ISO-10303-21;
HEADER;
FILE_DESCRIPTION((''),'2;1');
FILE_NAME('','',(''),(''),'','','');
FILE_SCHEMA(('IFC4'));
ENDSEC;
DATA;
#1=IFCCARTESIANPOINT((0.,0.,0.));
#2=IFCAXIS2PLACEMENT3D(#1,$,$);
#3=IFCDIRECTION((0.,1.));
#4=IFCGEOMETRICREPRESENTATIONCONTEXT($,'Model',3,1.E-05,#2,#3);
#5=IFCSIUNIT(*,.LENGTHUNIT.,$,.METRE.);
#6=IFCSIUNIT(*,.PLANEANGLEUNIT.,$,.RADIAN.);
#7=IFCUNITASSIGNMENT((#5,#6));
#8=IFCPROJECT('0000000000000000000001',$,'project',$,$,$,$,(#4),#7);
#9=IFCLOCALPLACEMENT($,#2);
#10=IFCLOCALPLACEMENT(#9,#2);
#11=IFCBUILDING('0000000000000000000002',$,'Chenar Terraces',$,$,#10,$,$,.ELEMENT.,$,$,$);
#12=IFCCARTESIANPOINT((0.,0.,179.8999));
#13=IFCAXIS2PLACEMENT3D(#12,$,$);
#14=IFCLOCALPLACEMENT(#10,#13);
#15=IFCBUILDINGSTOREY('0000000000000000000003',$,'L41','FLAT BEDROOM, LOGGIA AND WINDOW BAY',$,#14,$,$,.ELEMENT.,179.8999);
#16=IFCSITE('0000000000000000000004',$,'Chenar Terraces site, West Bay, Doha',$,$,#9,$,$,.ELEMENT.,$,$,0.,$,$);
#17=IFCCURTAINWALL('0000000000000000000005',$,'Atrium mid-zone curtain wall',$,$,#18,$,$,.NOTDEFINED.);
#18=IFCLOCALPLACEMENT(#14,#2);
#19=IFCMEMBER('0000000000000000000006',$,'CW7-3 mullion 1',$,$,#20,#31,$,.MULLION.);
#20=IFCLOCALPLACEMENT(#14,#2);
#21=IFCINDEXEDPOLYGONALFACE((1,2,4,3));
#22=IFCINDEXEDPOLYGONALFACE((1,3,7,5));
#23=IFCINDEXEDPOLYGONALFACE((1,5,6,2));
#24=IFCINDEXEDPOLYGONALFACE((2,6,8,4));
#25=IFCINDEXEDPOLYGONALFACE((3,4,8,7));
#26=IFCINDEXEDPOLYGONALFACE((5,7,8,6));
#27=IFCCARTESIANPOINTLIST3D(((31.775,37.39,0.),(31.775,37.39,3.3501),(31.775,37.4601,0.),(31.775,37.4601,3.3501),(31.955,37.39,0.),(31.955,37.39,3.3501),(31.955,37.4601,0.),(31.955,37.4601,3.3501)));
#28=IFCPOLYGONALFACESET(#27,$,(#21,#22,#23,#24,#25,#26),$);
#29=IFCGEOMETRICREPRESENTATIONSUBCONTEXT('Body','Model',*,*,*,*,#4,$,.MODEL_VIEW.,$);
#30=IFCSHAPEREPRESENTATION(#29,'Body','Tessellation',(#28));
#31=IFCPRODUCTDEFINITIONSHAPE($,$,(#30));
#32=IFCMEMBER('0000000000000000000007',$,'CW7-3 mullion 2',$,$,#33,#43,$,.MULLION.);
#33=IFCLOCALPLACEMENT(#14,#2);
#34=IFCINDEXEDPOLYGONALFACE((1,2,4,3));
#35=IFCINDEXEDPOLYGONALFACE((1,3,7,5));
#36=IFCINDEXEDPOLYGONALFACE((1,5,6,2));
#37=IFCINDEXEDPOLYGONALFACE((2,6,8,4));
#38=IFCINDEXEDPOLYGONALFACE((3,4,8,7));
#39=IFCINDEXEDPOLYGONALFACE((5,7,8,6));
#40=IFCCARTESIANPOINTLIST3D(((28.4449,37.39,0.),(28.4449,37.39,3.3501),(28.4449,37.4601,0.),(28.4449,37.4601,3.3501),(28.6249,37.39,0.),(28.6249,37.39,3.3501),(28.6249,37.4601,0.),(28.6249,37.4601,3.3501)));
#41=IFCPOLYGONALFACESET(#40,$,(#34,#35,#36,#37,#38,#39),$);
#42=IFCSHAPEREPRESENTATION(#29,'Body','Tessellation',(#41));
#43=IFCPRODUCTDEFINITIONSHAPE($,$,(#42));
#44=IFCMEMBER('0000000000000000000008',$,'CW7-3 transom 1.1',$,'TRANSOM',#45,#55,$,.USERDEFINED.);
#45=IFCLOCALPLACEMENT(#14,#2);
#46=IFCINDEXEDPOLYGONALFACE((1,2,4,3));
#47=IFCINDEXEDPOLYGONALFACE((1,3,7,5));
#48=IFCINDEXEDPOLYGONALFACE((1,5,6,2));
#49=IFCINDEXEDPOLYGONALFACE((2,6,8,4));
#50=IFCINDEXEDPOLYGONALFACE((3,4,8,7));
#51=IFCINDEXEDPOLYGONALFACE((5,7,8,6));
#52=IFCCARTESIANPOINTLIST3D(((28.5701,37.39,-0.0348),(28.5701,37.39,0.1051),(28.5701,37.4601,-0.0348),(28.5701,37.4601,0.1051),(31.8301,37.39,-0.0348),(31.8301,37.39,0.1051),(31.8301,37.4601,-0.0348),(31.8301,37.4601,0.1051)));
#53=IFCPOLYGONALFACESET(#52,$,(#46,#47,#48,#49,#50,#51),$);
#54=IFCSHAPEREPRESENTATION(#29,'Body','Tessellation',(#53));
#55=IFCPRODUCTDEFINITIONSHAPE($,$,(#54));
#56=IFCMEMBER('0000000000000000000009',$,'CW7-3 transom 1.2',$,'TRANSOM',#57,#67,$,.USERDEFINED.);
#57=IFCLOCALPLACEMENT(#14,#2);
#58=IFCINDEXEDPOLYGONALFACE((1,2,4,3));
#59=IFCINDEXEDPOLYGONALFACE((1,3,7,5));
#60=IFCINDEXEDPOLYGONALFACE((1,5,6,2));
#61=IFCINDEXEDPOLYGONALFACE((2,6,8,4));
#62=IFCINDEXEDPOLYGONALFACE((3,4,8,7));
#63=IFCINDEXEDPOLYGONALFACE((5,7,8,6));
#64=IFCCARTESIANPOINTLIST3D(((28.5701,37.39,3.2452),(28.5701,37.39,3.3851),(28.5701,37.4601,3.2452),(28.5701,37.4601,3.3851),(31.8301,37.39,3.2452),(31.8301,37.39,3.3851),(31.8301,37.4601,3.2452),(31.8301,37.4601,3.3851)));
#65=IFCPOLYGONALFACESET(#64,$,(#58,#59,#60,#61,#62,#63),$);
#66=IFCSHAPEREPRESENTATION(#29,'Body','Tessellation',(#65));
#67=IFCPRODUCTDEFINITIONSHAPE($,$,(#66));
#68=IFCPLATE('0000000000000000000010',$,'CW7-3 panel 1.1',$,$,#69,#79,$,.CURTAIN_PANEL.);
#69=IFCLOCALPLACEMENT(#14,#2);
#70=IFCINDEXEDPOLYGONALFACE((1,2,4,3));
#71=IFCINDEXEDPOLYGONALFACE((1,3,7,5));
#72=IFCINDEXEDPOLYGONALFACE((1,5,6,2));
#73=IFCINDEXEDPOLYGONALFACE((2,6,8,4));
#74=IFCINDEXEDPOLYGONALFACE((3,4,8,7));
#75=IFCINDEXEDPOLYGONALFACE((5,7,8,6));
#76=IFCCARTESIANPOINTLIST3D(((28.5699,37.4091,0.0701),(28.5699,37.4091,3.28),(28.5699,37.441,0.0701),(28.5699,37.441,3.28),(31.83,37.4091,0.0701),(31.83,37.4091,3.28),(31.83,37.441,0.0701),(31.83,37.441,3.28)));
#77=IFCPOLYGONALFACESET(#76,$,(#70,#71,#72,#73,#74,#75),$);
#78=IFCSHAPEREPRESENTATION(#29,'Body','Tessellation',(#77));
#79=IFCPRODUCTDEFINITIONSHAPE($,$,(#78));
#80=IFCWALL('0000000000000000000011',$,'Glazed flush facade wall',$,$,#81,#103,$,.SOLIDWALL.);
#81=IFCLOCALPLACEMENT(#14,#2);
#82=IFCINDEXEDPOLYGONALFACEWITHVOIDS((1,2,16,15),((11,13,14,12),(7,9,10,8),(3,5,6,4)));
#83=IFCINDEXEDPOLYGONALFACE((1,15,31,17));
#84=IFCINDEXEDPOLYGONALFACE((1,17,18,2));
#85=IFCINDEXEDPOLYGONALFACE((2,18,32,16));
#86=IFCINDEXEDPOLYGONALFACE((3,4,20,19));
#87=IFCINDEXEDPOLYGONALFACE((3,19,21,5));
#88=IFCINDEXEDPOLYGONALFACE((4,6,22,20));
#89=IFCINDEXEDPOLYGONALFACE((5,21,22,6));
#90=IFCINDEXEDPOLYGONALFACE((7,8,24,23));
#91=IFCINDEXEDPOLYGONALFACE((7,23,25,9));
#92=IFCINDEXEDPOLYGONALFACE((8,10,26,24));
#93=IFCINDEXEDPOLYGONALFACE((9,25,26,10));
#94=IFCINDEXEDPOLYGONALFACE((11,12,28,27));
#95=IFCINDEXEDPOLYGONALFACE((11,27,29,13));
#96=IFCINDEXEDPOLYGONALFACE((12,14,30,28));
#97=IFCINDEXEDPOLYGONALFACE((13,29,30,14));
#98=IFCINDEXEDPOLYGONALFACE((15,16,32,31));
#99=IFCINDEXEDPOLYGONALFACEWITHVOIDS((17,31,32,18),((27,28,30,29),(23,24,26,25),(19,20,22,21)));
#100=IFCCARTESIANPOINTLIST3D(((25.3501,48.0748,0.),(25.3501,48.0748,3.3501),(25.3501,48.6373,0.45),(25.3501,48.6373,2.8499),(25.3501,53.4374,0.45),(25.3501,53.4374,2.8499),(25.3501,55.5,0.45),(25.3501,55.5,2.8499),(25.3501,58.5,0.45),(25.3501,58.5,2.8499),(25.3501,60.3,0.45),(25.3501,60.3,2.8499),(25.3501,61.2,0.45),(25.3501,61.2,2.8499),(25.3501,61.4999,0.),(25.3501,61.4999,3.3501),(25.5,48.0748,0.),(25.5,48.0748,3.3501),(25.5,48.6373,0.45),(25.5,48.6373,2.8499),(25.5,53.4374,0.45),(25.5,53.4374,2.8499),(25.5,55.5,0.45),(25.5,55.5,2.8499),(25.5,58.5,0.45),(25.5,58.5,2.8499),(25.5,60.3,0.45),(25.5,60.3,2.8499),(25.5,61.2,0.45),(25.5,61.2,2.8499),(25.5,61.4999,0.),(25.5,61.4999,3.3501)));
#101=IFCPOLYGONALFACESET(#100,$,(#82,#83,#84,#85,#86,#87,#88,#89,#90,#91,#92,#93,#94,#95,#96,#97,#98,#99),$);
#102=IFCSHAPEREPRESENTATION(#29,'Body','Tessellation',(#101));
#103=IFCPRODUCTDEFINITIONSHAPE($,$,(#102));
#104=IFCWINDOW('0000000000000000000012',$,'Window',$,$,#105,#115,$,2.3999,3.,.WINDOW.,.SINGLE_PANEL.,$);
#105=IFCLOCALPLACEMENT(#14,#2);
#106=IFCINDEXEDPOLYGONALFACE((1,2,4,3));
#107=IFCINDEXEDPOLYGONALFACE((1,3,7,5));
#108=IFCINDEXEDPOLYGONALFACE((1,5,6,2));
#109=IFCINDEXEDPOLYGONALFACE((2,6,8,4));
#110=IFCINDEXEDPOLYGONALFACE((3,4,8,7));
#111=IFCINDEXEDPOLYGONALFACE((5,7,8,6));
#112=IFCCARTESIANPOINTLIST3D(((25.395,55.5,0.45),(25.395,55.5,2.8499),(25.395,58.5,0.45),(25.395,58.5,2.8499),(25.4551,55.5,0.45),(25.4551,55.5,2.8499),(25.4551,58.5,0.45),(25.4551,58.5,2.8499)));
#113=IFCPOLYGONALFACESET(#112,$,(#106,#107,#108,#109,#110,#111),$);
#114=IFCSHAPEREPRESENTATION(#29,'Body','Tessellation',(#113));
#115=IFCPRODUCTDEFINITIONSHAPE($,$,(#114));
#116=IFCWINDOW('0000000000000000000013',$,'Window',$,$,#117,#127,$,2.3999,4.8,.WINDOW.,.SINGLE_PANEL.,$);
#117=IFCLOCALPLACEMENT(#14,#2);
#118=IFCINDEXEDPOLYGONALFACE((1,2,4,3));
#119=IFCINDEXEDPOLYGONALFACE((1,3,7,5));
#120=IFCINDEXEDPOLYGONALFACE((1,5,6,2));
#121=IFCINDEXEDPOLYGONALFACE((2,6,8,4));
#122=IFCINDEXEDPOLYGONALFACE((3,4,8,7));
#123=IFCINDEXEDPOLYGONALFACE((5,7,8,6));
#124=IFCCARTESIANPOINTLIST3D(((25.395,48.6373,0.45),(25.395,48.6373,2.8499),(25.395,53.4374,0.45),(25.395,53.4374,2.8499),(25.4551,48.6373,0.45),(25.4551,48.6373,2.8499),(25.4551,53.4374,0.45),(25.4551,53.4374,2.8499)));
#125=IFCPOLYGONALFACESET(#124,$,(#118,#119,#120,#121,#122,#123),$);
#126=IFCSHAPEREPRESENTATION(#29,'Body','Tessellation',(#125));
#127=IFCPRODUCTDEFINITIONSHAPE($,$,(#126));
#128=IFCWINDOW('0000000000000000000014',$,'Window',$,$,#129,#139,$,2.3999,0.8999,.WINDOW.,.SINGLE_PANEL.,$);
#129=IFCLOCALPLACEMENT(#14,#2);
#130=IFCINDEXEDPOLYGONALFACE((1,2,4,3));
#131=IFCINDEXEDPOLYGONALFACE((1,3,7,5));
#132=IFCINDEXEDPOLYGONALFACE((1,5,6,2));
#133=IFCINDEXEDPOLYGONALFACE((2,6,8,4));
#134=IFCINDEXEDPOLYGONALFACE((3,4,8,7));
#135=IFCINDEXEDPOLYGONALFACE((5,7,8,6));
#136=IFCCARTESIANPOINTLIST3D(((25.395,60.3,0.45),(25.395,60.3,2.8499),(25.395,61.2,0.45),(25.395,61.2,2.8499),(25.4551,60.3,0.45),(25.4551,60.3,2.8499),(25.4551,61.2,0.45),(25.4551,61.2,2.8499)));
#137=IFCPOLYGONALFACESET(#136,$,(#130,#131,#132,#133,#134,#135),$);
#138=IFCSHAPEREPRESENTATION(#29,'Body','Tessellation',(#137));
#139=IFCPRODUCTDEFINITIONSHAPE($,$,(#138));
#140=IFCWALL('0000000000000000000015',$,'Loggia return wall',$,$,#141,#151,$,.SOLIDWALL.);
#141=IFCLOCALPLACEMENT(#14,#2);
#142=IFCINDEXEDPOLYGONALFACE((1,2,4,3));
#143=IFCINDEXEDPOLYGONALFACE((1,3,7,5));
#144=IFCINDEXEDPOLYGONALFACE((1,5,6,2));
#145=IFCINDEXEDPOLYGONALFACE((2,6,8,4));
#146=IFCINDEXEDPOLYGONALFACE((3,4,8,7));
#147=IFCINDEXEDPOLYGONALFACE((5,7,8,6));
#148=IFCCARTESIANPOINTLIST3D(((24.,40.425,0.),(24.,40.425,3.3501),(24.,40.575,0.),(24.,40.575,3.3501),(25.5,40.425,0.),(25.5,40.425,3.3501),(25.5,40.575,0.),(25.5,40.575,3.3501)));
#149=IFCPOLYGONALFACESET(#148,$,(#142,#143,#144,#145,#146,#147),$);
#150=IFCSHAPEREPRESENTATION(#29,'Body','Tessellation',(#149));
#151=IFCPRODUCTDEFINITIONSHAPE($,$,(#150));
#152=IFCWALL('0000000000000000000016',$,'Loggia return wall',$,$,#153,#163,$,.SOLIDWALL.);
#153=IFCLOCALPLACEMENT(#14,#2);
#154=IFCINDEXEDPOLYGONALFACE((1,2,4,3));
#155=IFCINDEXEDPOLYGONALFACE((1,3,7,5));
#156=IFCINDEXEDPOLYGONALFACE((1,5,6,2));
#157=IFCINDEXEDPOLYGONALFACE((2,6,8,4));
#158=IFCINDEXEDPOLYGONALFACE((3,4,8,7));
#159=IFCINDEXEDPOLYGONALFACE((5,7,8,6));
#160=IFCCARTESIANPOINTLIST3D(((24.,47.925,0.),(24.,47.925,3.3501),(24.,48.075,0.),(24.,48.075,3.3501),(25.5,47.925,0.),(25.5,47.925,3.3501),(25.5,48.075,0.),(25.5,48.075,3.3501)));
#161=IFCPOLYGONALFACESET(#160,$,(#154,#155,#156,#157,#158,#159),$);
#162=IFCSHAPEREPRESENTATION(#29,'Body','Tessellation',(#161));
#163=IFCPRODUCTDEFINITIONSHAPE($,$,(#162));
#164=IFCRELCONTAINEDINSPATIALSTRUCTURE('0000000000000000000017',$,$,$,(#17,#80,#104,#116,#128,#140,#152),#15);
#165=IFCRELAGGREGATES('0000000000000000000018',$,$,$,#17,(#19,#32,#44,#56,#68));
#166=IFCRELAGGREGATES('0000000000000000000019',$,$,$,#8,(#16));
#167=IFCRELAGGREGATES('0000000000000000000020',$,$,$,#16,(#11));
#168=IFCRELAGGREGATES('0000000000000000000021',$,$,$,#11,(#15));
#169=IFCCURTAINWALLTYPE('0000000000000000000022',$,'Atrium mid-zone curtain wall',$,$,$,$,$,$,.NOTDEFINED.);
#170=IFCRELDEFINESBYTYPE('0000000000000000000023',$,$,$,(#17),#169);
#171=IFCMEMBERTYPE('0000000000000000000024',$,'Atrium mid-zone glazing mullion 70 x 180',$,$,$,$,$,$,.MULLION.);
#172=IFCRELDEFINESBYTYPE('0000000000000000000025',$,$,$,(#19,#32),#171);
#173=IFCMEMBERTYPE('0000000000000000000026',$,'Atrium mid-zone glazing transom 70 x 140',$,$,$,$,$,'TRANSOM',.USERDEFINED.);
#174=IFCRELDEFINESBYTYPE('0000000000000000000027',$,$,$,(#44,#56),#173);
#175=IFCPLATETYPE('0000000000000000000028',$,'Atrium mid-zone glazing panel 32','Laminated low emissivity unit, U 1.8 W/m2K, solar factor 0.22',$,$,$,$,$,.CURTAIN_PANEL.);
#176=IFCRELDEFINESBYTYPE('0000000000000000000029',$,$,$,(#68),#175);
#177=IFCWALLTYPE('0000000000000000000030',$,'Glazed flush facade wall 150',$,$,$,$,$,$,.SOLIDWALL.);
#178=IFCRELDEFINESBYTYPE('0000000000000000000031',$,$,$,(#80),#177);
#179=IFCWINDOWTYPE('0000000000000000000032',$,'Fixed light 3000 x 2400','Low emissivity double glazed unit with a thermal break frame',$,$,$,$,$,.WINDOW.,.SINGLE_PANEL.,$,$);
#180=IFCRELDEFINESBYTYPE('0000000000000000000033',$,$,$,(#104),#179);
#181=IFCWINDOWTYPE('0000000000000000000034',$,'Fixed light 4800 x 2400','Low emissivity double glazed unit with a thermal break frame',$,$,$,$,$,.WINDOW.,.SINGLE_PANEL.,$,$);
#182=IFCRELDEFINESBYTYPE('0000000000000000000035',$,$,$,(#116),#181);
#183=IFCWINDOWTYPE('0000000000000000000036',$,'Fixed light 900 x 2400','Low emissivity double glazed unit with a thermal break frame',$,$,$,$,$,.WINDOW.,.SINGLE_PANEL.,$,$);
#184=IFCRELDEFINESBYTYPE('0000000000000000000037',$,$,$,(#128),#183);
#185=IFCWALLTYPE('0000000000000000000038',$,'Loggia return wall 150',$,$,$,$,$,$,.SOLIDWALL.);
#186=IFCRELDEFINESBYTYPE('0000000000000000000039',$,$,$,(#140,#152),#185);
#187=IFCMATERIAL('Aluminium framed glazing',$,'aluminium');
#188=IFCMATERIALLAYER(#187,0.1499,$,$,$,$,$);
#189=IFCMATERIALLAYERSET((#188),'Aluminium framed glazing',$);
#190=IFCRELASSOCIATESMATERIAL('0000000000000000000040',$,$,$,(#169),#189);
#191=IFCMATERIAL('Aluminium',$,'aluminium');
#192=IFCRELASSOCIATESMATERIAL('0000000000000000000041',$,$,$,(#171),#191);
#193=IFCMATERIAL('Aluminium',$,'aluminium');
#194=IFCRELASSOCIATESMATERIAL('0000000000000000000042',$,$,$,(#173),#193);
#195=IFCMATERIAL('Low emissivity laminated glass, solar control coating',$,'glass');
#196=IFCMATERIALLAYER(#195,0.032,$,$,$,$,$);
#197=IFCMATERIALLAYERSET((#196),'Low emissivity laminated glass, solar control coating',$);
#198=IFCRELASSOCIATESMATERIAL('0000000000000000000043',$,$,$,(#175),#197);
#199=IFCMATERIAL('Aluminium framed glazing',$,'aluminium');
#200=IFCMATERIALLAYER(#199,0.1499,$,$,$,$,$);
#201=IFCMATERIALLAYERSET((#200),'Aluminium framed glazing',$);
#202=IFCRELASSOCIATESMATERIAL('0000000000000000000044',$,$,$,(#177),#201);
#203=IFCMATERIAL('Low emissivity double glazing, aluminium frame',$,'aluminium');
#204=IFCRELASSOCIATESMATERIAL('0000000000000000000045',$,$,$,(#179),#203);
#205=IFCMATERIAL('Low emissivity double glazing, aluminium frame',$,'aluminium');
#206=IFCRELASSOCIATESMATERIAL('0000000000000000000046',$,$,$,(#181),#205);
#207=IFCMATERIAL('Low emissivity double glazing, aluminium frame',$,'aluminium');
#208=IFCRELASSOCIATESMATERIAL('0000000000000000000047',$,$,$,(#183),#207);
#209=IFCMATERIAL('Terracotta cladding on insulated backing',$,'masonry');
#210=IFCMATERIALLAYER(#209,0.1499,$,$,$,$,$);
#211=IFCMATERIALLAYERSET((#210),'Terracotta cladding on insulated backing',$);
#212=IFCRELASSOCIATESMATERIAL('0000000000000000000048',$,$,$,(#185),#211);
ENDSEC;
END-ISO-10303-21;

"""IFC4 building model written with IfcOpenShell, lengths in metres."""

from ifc_helpers import new_model, si_unit, direction, frame, frame_2d, origin, origin_2d, place, context, subcontext, project, spatial, rectangle, extrude, material, layer, layer_set, material_profile, profile_set, type_object, element, fill, aggregate, save


model = new_model("IFC4")

# Units and contexts
model_context = context("Model", 3, precision=1e-05, world=origin(), true_north=direction((0.0, 1.0)))
body_context = subcontext(model_context, "Body", "Model", "MODEL_VIEW")
ifc_project = project(units=[si_unit("LENGTHUNIT", "METRE"), si_unit("PLANEANGLEUNIT", "RADIAN")], contexts=[model_context])

# Site, building, storey
site_placement = place(None, origin())
site = spatial("IfcSite", under=ifc_project, at=site_placement, Name="Chenar Terraces site, West Bay, Doha", CompositionType="ELEMENT", RefElevation=0.0)
building_placement = place(site_placement, origin())
building = spatial("IfcBuilding", under=site, at=building_placement, Name="Chenar Terraces", CompositionType="ELEMENT")
storey_placement = place(building_placement, frame((0.0, 0.0, 179.8999)))
storey = spatial("IfcBuildingStorey", under=building, at=storey_placement, Name="L41", Description="FLAT BEDROOM, LOGGIA AND WINDOW BAY", CompositionType="ELEMENT", Elevation=179.8999)

# Curtain wall, members, plate
ifc_material_1 = material(Name="Aluminium framed glazing", Category="aluminium")
ifc_layer_1 = layer(ifc_material_1, 0.1499)
ifc_layer_set_1 = layer_set([ifc_layer_1], Name="Aluminium framed glazing")
curtain_wall_type = type_object("IfcCurtainWallType", Name="Atrium mid-zone curtain wall", PredefinedType="NOTDEFINED", material=ifc_layer_set_1)
curtain_wall_placement = place(storey_placement, origin())
curtain_wall = element("IfcCurtainWall", 1, at=curtain_wall_placement, inside=storey, type_object=curtain_wall_type, Name="Atrium mid-zone curtain wall", PredefinedType="NOTDEFINED")
ifc_material_2 = material(Name="Aluminium", Category="aluminium")
ifc_material_profile_1 = material_profile(ifc_material_2, rectangle(XDim=0.0701, YDim=0.1799, at=origin_2d()), Name="Atrium mid-zone glazing mullion 70 x 180")
ifc_profile_set_1 = profile_set([ifc_material_profile_1], Name="Aluminium")
member_type_1 = type_object("IfcMemberType", Name="Atrium mid-zone glazing mullion 70 x 180", PredefinedType="MULLION", material=ifc_profile_set_1)
member_1_placement = place(storey_placement, frame((31.865, 37.425, 0.0), z_axis=(0.0, 0.0, 1.0), x_axis=(0.0, -1.0, 0.0)))
member_1 = element("IfcMember", 2, at=member_1_placement, type_object=member_type_1, Name="CW7-3 mullion 1", PredefinedType="MULLION", context=body_context, shape_type="SweptSolid", body=[
    extrude(rectangle(XDim=0.0701, YDim=0.1799, at=origin_2d()), origin(), (0.0, 0.0, 1.0), 3.3501),
])
member_2_placement = place(storey_placement, frame((28.5349, 37.425, 0.0), z_axis=(0.0, 0.0, 1.0), x_axis=(0.0, -1.0, 0.0)))
member_2 = element("IfcMember", 3, at=member_2_placement, type_object=member_type_1, Name="CW7-3 mullion 2", PredefinedType="MULLION", context=body_context, shape_type="SweptSolid", body=[
    extrude(rectangle(XDim=0.0701, YDim=0.1799, at=origin_2d()), origin(), (0.0, 0.0, 1.0), 3.3501),
])
ifc_material_3 = material(Name="Aluminium", Category="aluminium")
ifc_material_profile_2 = material_profile(ifc_material_3, rectangle(XDim=0.0701, YDim=0.1399, at=origin_2d()), Name="Atrium mid-zone glazing transom 70 x 140")
ifc_profile_set_2 = profile_set([ifc_material_profile_2], Name="Aluminium")
member_type_2 = type_object("IfcMemberType", Name="Atrium mid-zone glazing transom 70 x 140", ElementType="TRANSOM", PredefinedType="USERDEFINED", material=ifc_profile_set_2)
member_3_placement = place(storey_placement, frame((31.8301, 37.425, 0.0352), z_axis=(-1.0, 0.0, 0.0), x_axis=(0.0, -1.0, 0.0)))
member_3 = element("IfcMember", 4, at=member_3_placement, type_object=member_type_2, Name="CW7-3 transom 1.1", ObjectType="TRANSOM", PredefinedType="USERDEFINED", context=body_context, shape_type="SweptSolid", body=[
    extrude(rectangle(XDim=0.0701, YDim=0.1399, at=origin_2d()), origin(), (0.0, 0.0, 1.0), 3.26),
])
member_4_placement = place(storey_placement, frame((31.8301, 37.425, 3.3152), z_axis=(-1.0, 0.0, 0.0), x_axis=(0.0, -1.0, 0.0)))
member_4 = element("IfcMember", 5, at=member_4_placement, type_object=member_type_2, Name="CW7-3 transom 1.2", ObjectType="TRANSOM", PredefinedType="USERDEFINED", context=body_context, shape_type="SweptSolid", body=[
    extrude(rectangle(XDim=0.0701, YDim=0.1399, at=origin_2d()), origin(), (0.0, 0.0, 1.0), 3.26),
])
ifc_material_4 = material(Name="Low emissivity laminated glass, solar control coating", Category="glass")
ifc_layer_2 = layer(ifc_material_4, 0.032)
ifc_layer_set_2 = layer_set([ifc_layer_2], Name="Low emissivity laminated glass, solar control coating")
plate_type = type_object("IfcPlateType", Name="Atrium mid-zone glazing panel 32", Description="Laminated low emissivity unit, U 1.8 W/m2K, solar factor 0.22", PredefinedType="CURTAIN_PANEL", material=ifc_layer_set_2)
plate_placement = place(storey_placement, frame((30.2, 37.425, 0.0701), z_axis=(0.0, 0.0, 1.0), x_axis=(-1.0, 0.0, 0.0)))
plate = element("IfcPlate", 6, at=plate_placement, type_object=plate_type, Name="CW7-3 panel 1.1", PredefinedType="CURTAIN_PANEL", context=body_context, shape_type="SweptSolid", body=[
    extrude(rectangle(XDim=3.26, YDim=0.032, at=origin_2d()), origin(), (0.0, 0.0, 1.0), 3.21),
])
aggregate(curtain_wall, [member_1, member_2, member_3, member_4, plate])

# Wall, openings, windows
ifc_material_5 = material(Name="Aluminium framed glazing", Category="aluminium")
ifc_layer_3 = layer(ifc_material_5, 0.1499)
ifc_layer_set_3 = layer_set([ifc_layer_3], Name="Aluminium framed glazing")
wall_type_1 = type_object("IfcWallType", Name="Glazed flush facade wall 150", PredefinedType="SOLIDWALL", material=ifc_layer_set_3)
wall_1_placement = place(storey_placement, frame((25.425, 48.075, 0.0), z_axis=(0.0, 0.0, 1.0), x_axis=(0.0, 1.0, 0.0)))
wall_1 = element("IfcWall", 7, at=wall_1_placement, inside=storey, type_object=wall_type_1, Name="Glazed flush facade wall", PredefinedType="SOLIDWALL", context=body_context, shape_type="SweptSolid", body=[
    extrude(rectangle(XDim=13.425, YDim=0.1499, at=frame_2d((6.7124, 0.0))), origin(), (0.0, 0.0, 1.0), 3.3501),
])
opening_1_placement = place(wall_1_placement, frame((0.5625, 0.0, 0.45)))
opening_1 = element("IfcOpeningElement", 8, at=opening_1_placement, cuts=wall_1, PredefinedType="OPENING", context=body_context, shape_type="SweptSolid", body=[
    extrude(rectangle(XDim=4.8, YDim=2.3999, at=frame_2d((2.3999, 1.2))), frame((0.0, 0.085, 0.0), z_axis=(0.0, -1.0, 0.0), x_axis=(1.0, 0.0, 0.0)), (0.0, 0.0, 1.0), 0.1699),
])
opening_2_placement = place(wall_1_placement, frame((7.425, 0.0, 0.45)))
opening_2 = element("IfcOpeningElement", 9, at=opening_2_placement, cuts=wall_1, PredefinedType="OPENING", context=body_context, shape_type="SweptSolid", body=[
    extrude(rectangle(XDim=3.0, YDim=2.3999, at=frame_2d((1.5, 1.2))), frame((0.0, 0.085, 0.0), z_axis=(0.0, -1.0, 0.0), x_axis=(1.0, 0.0, 0.0)), (0.0, 0.0, 1.0), 0.1699),
])
opening_3_placement = place(wall_1_placement, frame((12.2251, 0.0, 0.45)))
opening_3 = element("IfcOpeningElement", 10, at=opening_3_placement, cuts=wall_1, PredefinedType="OPENING", context=body_context, shape_type="SweptSolid", body=[
    extrude(rectangle(XDim=0.8999, YDim=2.3999, at=frame_2d((0.45, 1.2))), frame((0.0, 0.085, 0.0), z_axis=(0.0, -1.0, 0.0), x_axis=(1.0, 0.0, 0.0)), (0.0, 0.0, 1.0), 0.1699),
])
ifc_material_6 = material(Name="Low emissivity double glazing, aluminium frame", Category="aluminium")
window_type_1 = type_object("IfcWindowType", Name="Fixed light 3000 x 2400", Description="Low emissivity double glazed unit with a thermal break frame", PartitioningType="SINGLE_PANEL", PredefinedType="WINDOW", material=ifc_material_6)
window_1_placement = place(opening_2_placement, origin())
window_1 = element("IfcWindow", 11, at=window_1_placement, inside=storey, type_object=window_type_1, Name="Window", OverallHeight=2.3999, OverallWidth=3.0, PartitioningType="SINGLE_PANEL", PredefinedType="WINDOW", context=body_context, shape_type="SweptSolid", body=[
    extrude(rectangle(XDim=3.0, YDim=2.3999, at=frame_2d((1.5, 1.2))), frame((0.0, 0.03, 0.0), z_axis=(0.0, -1.0, 0.0), x_axis=(1.0, 0.0, 0.0)), (0.0, 0.0, 1.0), 0.0601),
])
fill(opening_2, window_1)
ifc_material_7 = material(Name="Low emissivity double glazing, aluminium frame", Category="aluminium")
window_type_2 = type_object("IfcWindowType", Name="Fixed light 4800 x 2400", Description="Low emissivity double glazed unit with a thermal break frame", PartitioningType="SINGLE_PANEL", PredefinedType="WINDOW", material=ifc_material_7)
window_2_placement = place(opening_1_placement, origin())
window_2 = element("IfcWindow", 12, at=window_2_placement, inside=storey, type_object=window_type_2, Name="Window", OverallHeight=2.3999, OverallWidth=4.8, PartitioningType="SINGLE_PANEL", PredefinedType="WINDOW", context=body_context, shape_type="SweptSolid", body=[
    extrude(rectangle(XDim=4.8, YDim=2.3999, at=frame_2d((2.3999, 1.2))), frame((0.0, 0.03, 0.0), z_axis=(0.0, -1.0, 0.0), x_axis=(1.0, 0.0, 0.0)), (0.0, 0.0, 1.0), 0.0601),
])
fill(opening_1, window_2)
ifc_material_8 = material(Name="Low emissivity double glazing, aluminium frame", Category="aluminium")
window_type_3 = type_object("IfcWindowType", Name="Fixed light 900 x 2400", Description="Low emissivity double glazed unit with a thermal break frame", PartitioningType="SINGLE_PANEL", PredefinedType="WINDOW", material=ifc_material_8)
window_3_placement = place(opening_3_placement, origin())
window_3 = element("IfcWindow", 13, at=window_3_placement, inside=storey, type_object=window_type_3, Name="Window", OverallHeight=2.3999, OverallWidth=0.8999, PartitioningType="SINGLE_PANEL", PredefinedType="WINDOW", context=body_context, shape_type="SweptSolid", body=[
    extrude(rectangle(XDim=0.8999, YDim=2.3999, at=frame_2d((0.45, 1.2))), frame((0.0, 0.03, 0.0), z_axis=(0.0, -1.0, 0.0), x_axis=(1.0, 0.0, 0.0)), (0.0, 0.0, 1.0), 0.0601),
])
fill(opening_3, window_3)

# Walls
ifc_material_9 = material(Name="Terracotta cladding on insulated backing", Category="masonry")
ifc_layer_4 = layer(ifc_material_9, 0.1499)
ifc_layer_set_4 = layer_set([ifc_layer_4], Name="Terracotta cladding on insulated backing")
wall_type_2 = type_object("IfcWallType", Name="Loggia return wall 150", PredefinedType="SOLIDWALL", material=ifc_layer_set_4)
for number, where, z_axis, x_axis, name in (
    (14, (25.5, 40.5, 0.0), (0.0, 0.0, 1.0), (-1.0, 0.0, 0.0), "Loggia return wall"),
    (15, (25.5, 48.0, 0.0), (0.0, 0.0, 1.0), (-1.0, 0.0, 0.0), "Loggia return wall"),
):
    element("IfcWall", number, at=place(storey_placement, frame(where, z_axis=z_axis, x_axis=x_axis)), inside=storey, type_object=wall_type_2, Name=name, PredefinedType="SOLIDWALL", context=body_context, shape_type="SweptSolid", body=[
        extrude(rectangle(XDim=1.5, YDim=0.1499, at=frame_2d((0.75, 0.0))), origin(), (0.0, 0.0, 1.0), 3.3501),
    ])

save(model, "model.ifc")
